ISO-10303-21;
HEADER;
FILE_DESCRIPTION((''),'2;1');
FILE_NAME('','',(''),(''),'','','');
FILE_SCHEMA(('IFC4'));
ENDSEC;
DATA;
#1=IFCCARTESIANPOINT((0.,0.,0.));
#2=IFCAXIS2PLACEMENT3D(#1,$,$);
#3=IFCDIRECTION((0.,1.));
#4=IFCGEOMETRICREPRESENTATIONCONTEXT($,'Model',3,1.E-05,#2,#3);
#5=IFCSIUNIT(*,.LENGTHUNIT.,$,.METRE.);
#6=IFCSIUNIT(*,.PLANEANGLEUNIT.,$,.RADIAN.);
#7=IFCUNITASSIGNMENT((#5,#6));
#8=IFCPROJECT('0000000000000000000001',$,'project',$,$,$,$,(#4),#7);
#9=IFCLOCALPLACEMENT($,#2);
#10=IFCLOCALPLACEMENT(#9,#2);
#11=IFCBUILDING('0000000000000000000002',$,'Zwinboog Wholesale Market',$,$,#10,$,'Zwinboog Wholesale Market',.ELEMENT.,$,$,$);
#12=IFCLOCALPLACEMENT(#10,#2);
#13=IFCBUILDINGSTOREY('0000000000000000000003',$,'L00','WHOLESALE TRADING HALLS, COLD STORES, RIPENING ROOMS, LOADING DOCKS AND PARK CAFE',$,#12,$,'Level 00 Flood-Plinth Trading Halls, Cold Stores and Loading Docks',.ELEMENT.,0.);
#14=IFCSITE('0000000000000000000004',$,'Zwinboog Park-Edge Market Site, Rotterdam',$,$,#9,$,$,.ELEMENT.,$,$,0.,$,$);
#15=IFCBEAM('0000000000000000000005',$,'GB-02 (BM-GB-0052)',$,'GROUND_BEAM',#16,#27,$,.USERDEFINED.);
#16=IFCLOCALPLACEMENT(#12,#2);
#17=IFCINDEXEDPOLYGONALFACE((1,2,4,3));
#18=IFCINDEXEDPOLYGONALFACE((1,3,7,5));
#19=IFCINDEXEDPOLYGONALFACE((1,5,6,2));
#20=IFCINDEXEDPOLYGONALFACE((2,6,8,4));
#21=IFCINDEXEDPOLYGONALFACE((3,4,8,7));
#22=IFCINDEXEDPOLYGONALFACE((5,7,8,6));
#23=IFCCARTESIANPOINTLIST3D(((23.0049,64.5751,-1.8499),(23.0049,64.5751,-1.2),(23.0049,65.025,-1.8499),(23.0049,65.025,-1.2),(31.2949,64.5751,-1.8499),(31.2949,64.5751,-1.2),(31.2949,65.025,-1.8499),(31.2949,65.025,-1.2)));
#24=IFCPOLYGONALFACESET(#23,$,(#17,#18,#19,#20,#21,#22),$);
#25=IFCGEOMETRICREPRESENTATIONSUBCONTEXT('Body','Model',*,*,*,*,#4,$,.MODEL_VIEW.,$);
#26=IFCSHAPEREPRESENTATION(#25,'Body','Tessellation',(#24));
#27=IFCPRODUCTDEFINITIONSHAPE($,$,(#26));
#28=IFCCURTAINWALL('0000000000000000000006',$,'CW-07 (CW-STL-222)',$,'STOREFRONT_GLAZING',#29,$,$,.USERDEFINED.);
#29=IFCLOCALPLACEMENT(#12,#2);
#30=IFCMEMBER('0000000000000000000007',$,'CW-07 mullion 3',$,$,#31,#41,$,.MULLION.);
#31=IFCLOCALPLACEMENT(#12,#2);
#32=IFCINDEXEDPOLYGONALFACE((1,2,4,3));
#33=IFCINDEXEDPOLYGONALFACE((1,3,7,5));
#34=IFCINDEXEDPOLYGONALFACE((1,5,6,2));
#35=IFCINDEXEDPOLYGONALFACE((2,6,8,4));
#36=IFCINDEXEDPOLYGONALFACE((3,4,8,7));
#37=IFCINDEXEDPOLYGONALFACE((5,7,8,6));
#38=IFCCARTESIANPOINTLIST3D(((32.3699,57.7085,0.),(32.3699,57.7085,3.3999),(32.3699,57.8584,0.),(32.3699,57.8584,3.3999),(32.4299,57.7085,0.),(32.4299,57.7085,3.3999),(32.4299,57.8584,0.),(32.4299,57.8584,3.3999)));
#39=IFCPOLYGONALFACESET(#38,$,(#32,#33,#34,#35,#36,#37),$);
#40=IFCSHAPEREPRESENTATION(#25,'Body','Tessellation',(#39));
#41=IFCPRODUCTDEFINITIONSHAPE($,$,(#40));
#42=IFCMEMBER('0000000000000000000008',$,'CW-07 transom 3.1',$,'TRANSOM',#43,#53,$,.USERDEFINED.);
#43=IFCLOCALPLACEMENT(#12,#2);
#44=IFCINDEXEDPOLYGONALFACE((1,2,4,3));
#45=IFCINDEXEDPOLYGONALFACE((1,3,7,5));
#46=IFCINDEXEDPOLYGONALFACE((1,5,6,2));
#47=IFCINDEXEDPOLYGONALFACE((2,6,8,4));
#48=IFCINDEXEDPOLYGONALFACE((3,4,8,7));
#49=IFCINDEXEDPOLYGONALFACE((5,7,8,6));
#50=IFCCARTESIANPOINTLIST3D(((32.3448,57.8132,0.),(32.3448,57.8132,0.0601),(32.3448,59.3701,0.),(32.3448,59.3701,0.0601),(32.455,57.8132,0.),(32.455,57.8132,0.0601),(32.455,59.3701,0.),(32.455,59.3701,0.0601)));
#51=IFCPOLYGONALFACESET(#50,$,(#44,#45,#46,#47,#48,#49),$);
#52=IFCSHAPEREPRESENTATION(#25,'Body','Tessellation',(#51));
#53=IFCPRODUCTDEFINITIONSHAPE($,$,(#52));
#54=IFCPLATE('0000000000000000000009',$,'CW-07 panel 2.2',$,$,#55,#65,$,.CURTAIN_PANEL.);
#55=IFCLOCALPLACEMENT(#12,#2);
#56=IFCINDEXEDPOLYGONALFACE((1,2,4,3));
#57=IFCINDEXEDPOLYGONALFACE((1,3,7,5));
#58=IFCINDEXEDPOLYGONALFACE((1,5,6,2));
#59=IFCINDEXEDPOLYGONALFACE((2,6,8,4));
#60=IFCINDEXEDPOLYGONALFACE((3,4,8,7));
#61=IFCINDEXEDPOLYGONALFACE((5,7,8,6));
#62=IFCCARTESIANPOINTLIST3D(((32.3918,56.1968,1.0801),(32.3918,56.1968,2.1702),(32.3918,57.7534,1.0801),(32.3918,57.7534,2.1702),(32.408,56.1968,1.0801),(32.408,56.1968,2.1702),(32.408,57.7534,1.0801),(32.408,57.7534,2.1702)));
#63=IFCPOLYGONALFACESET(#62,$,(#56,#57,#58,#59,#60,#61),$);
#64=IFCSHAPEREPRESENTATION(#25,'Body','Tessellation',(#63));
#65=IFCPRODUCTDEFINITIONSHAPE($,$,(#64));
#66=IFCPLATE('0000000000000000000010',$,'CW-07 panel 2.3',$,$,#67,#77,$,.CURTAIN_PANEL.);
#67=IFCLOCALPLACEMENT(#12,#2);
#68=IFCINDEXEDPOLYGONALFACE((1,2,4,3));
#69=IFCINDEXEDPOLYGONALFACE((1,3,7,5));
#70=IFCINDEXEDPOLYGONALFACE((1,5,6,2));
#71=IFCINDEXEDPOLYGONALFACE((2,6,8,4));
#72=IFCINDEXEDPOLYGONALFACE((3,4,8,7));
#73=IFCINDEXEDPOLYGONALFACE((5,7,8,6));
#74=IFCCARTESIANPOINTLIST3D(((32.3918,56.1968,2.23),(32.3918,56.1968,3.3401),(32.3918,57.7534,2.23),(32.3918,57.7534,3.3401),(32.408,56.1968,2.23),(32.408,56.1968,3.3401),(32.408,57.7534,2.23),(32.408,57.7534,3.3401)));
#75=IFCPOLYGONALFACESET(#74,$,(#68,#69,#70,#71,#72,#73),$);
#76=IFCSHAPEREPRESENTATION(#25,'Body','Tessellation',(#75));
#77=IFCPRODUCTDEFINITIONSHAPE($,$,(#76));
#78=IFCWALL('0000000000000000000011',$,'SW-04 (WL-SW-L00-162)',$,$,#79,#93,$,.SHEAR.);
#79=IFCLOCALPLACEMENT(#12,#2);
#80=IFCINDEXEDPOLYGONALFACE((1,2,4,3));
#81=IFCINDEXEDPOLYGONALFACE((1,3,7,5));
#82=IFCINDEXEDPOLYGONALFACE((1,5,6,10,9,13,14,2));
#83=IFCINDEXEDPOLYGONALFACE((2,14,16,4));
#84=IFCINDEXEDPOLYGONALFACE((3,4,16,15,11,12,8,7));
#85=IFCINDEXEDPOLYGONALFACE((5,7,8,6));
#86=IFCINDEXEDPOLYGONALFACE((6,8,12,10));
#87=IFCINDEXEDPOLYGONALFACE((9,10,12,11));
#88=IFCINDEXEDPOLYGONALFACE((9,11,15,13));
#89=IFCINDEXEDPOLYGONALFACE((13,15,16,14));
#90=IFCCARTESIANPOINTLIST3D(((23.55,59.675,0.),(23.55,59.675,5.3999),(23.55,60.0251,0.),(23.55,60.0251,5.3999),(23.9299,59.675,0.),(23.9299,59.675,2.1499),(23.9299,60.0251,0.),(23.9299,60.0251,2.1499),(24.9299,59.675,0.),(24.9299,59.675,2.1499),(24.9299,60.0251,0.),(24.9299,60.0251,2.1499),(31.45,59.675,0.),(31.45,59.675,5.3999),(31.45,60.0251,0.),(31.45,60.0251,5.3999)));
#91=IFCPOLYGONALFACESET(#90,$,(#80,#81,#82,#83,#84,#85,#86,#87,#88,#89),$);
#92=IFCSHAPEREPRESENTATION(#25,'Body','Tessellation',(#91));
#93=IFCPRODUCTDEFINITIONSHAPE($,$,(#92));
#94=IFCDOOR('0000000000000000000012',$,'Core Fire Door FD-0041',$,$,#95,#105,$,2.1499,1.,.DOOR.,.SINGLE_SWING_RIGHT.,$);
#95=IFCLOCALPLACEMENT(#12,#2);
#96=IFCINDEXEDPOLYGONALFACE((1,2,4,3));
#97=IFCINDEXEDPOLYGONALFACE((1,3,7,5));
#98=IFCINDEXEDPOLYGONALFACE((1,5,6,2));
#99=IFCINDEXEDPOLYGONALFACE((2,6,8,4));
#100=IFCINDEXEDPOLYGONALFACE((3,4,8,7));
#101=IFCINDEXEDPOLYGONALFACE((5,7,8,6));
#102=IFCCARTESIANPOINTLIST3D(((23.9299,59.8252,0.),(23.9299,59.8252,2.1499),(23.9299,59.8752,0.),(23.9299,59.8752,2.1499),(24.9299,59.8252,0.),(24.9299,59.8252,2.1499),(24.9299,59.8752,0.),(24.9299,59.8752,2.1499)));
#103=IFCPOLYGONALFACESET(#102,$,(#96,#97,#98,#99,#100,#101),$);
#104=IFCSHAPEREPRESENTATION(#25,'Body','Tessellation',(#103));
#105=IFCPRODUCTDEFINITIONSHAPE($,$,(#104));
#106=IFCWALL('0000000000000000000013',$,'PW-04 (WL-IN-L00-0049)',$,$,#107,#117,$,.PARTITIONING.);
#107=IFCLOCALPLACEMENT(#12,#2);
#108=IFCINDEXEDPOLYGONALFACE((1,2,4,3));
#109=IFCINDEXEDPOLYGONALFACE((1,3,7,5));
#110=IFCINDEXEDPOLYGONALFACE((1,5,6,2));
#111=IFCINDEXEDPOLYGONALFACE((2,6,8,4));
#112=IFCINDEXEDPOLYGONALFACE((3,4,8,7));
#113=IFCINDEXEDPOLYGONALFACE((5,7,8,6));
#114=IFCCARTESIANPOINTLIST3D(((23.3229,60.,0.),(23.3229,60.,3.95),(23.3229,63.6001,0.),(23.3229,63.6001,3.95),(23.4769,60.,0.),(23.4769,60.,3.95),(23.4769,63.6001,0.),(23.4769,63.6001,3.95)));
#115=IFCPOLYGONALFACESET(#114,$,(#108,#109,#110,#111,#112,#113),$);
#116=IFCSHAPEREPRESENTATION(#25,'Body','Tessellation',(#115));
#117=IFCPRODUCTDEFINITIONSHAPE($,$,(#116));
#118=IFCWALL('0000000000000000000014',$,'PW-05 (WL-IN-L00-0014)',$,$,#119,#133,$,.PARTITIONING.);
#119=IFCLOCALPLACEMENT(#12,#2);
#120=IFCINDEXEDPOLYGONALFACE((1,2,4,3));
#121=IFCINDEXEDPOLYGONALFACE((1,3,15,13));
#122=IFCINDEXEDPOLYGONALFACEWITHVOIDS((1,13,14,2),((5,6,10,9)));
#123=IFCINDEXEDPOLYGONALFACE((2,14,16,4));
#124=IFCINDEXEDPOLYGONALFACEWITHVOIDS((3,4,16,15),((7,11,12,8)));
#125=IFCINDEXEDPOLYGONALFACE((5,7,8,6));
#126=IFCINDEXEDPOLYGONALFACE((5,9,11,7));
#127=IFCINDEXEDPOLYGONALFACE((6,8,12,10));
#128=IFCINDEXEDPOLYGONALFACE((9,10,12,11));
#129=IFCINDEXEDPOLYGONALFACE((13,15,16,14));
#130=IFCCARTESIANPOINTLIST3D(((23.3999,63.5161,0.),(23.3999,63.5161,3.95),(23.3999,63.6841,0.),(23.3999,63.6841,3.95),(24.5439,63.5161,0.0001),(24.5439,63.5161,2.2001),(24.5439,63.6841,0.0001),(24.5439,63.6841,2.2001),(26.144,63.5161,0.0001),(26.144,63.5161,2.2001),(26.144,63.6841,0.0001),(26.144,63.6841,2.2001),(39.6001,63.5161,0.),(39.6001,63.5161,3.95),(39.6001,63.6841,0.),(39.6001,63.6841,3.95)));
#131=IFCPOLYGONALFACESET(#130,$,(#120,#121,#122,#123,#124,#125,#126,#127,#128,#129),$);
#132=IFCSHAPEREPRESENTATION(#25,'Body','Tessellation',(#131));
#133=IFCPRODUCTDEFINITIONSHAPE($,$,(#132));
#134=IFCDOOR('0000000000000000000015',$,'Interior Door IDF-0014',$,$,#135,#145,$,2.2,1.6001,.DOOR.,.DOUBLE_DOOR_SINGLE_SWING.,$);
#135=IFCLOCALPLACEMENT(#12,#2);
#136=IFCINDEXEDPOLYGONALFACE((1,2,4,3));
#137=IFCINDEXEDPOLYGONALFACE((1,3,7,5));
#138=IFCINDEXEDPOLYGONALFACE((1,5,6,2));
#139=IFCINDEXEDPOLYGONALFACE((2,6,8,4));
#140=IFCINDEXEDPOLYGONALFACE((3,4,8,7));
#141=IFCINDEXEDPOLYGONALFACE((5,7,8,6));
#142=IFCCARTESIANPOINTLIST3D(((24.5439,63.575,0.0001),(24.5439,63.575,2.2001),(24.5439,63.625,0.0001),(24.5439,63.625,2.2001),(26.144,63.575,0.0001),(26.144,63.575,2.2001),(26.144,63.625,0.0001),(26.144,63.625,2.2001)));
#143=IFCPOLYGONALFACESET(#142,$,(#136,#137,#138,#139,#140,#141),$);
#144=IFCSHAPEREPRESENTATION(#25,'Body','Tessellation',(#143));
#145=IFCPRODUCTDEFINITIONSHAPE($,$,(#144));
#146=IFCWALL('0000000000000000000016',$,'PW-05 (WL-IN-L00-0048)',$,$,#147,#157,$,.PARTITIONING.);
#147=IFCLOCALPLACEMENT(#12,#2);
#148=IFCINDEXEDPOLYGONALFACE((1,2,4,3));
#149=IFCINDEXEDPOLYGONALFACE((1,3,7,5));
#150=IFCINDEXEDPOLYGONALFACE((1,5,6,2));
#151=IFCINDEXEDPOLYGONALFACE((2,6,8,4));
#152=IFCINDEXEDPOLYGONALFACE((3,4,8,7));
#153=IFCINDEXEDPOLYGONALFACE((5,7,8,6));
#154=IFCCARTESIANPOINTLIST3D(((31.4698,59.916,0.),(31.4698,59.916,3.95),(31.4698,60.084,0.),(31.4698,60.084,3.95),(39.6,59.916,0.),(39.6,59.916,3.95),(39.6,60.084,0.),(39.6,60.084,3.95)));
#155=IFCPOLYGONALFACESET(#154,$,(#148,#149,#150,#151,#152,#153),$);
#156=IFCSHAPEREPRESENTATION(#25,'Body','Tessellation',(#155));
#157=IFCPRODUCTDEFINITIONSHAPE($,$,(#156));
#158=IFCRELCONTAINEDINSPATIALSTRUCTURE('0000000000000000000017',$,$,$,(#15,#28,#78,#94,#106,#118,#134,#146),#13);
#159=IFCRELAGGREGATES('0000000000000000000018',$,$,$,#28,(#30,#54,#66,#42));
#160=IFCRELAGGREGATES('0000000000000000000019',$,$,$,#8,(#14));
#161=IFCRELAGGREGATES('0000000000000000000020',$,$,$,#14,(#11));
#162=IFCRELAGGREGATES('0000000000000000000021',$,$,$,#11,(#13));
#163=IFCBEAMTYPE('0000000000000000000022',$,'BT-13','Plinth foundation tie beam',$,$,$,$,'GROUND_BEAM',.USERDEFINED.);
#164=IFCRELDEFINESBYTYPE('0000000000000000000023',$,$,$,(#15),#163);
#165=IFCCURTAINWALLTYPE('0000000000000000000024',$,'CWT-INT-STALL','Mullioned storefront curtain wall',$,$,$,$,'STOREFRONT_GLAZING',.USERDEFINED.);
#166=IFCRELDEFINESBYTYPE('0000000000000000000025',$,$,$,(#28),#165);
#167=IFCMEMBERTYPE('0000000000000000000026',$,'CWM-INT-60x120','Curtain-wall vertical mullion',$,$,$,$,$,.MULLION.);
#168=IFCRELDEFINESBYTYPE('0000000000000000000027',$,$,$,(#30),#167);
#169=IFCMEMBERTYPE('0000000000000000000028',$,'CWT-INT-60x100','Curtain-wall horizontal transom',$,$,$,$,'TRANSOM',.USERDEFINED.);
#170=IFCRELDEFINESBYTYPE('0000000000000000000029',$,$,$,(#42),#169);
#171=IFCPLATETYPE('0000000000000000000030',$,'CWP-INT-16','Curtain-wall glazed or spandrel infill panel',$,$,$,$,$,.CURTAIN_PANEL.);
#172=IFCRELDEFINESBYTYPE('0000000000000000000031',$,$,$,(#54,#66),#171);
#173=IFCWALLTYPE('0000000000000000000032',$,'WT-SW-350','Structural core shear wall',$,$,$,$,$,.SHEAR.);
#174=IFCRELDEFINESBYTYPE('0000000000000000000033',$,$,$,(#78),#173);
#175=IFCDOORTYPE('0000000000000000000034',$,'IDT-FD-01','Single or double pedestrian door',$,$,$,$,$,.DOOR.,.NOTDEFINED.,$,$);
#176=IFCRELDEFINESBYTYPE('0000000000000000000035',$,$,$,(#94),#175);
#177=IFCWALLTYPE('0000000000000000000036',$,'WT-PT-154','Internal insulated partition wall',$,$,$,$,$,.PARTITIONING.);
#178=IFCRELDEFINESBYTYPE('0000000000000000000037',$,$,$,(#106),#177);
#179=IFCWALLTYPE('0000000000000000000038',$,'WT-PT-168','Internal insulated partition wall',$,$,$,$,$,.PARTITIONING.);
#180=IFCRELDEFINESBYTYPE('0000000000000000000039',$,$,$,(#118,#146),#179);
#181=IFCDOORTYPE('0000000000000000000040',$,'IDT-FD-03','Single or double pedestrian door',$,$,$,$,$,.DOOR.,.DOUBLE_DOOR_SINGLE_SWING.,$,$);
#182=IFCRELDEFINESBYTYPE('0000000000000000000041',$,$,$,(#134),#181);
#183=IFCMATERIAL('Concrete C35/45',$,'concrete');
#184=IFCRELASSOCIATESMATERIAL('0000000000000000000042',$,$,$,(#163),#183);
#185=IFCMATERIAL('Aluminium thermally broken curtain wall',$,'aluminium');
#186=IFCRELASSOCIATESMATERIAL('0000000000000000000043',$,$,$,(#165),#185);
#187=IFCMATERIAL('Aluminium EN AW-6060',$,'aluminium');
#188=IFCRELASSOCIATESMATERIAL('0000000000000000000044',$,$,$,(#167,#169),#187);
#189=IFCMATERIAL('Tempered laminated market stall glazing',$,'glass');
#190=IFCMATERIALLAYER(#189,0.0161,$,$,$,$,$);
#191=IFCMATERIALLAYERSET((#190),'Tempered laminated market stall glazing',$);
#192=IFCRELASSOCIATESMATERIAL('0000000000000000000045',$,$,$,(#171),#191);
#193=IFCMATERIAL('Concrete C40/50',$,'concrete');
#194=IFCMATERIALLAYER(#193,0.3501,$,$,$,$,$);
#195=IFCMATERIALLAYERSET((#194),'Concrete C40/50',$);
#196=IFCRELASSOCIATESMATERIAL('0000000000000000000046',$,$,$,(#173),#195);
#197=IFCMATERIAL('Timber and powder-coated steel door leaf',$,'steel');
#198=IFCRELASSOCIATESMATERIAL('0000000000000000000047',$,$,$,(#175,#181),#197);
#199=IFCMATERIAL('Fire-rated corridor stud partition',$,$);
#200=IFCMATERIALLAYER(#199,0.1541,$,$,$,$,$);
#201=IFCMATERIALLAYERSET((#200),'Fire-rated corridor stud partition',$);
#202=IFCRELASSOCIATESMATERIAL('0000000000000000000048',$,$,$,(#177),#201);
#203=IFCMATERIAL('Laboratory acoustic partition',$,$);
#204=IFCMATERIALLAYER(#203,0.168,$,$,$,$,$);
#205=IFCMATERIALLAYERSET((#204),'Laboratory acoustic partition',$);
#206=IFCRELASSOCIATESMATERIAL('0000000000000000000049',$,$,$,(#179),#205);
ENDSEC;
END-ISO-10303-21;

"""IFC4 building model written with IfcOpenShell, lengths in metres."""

from ifc_helpers import new_model, si_unit, direction, frame, frame_2d, origin, origin_2d, place, context, subcontext, project, spatial, rectangle, extrude, material, layer, layer_set, material_profile, profile_set, type_object, element, fill, aggregate, save


model = new_model("IFC4")

# Units and contexts
model_context = context("Model", 3, precision=1e-05, world=origin(), true_north=direction((0.0, 1.0)))
body_context = subcontext(model_context, "Body", "Model", "MODEL_VIEW")
ifc_project = project(units=[si_unit("LENGTHUNIT", "METRE"), si_unit("PLANEANGLEUNIT", "RADIAN")], contexts=[model_context])

# Site, building, storey
site_placement = place(None, origin())
site = spatial("IfcSite", under=ifc_project, at=site_placement, Name="Zwinboog Park-Edge Market Site, Rotterdam", CompositionType="ELEMENT", RefElevation=0.0)
building_placement = place(site_placement, origin())
building = spatial("IfcBuilding", under=site, at=building_placement, Name="Zwinboog Wholesale Market", LongName="Zwinboog Wholesale Market", CompositionType="ELEMENT")
storey_placement = place(building_placement, origin())
storey = spatial("IfcBuildingStorey", under=building, at=storey_placement, Name="L00", Description="WHOLESALE TRADING HALLS, COLD STORES, RIPENING ROOMS, LOADING DOCKS AND PARK CAFE", LongName="Level 00 Flood-Plinth Trading Halls, Cold Stores and Loading Docks", CompositionType="ELEMENT", Elevation=0.0)

# Shared definitions
ifc_material_1 = material(Name="Concrete C40/50", Category="concrete")

# Shared definitions
ifc_material_2 = material(Name="Concrete C35/45", Category="concrete")

# Beam
ifc_material_profile_1 = material_profile(ifc_material_2, rectangle(XDim=0.45, YDim=0.6499, at=origin_2d()), Name="RC 450x650")
ifc_profile_set_1 = profile_set([ifc_material_profile_1], Name="Concrete C35/45")
beam_type_1 = type_object("IfcBeamType", Name="BT-13", Description="Plinth foundation tie beam", ElementType="GROUND_BEAM", PredefinedType="USERDEFINED", material=ifc_profile_set_1)
beam_1_placement = place(storey_placement, frame((23.0049, 64.8, -1.5249), z_axis=(1.0, 0.0, 0.0), x_axis=(0.0, 1.0, 0.0)))
element("IfcBeam", 1, at=beam_1_placement, inside=storey, type_object=beam_type_1, Name="GB-02 (BM-GB-0052)", ObjectType="GROUND_BEAM", PredefinedType="USERDEFINED", context=body_context, shape_type="SweptSolid", body=[
    extrude(rectangle(XDim=0.45, YDim=0.6499, at=origin_2d()), origin(), (0.0, 0.0, 1.0), 8.29),
])

# Curtain wall, members, plates
ifc_material_3 = material(Name="Aluminium thermally broken curtain wall", Category="aluminium")
curtain_wall_type = type_object("IfcCurtainWallType", Name="CWT-INT-STALL", Description="Mullioned storefront curtain wall", ElementType="STOREFRONT_GLAZING", PredefinedType="USERDEFINED", material=ifc_material_3)
curtain_wall_placement = place(storey_placement, origin())
curtain_wall = element("IfcCurtainWall", 2, at=curtain_wall_placement, inside=storey, type_object=curtain_wall_type, Name="CW-07 (CW-STL-222)", ObjectType="STOREFRONT_GLAZING", PredefinedType="USERDEFINED")
ifc_material_4 = material(Name="Aluminium EN AW-6060", Category="aluminium")
ifc_material_profile_2 = material_profile(ifc_material_4, rectangle(XDim=0.0601, YDim=0.1499, at=origin_2d()), Name="AL 60x150")
ifc_profile_set_2 = profile_set([ifc_material_profile_2], Name="Aluminium EN AW-6060")
member_type_1 = type_object("IfcMemberType", Name="CWM-INT-60x120", Description="Curtain-wall vertical mullion", PredefinedType="MULLION", material=ifc_profile_set_2)
member_1_placement = place(storey_placement, frame((32.3999, 57.7834, 0.0), z_axis=(0.0, 0.0, 1.0), x_axis=(-1.0, 0.0, 0.0)))
member_1 = element("IfcMember", 3, at=member_1_placement, type_object=member_type_1, Name="CW-07 mullion 3", PredefinedType="MULLION", context=body_context, shape_type="SweptSolid", body=[
    extrude(rectangle(XDim=0.0601, YDim=0.1499, at=origin_2d()), origin(), (0.0, 0.0, 1.0), 3.3999),
])
ifc_material_profile_3 = material_profile(ifc_material_4, rectangle(XDim=0.1101, YDim=0.0601, at=origin_2d()), Name="AL 60x110")
ifc_profile_set_3 = profile_set([ifc_material_profile_3], Name="Aluminium EN AW-6060")
member_type_2 = type_object("IfcMemberType", Name="CWT-INT-60x100", Description="Curtain-wall horizontal transom", ElementType="TRANSOM", PredefinedType="USERDEFINED", material=ifc_profile_set_3)
member_2_placement = place(storey_placement, frame((32.3999, 57.8132, 0.03), z_axis=(0.0, 1.0, 0.0), x_axis=(-1.0, 0.0, 0.0)))
member_2 = element("IfcMember", 4, at=member_2_placement, type_object=member_type_2, Name="CW-07 transom 3.1", ObjectType="TRANSOM", PredefinedType="USERDEFINED", context=body_context, shape_type="SweptSolid", body=[
    extrude(rectangle(XDim=0.1101, YDim=0.0601, at=origin_2d()), origin(), (0.0, 0.0, 1.0), 1.5569),
])
ifc_material_5 = material(Name="Tempered laminated market stall glazing", Category="glass")
ifc_layer_1 = layer(ifc_material_5, 0.0161)
ifc_layer_set_1 = layer_set([ifc_layer_1], Name="Tempered laminated market stall glazing")
plate_type = type_object("IfcPlateType", Name="CWP-INT-16", Description="Curtain-wall glazed or spandrel infill panel", PredefinedType="CURTAIN_PANEL", material=ifc_layer_set_1)
plate_1_placement = place(storey_placement, frame((32.3999, 56.9751, 1.0801), z_axis=(0.0, 0.0, 1.0), x_axis=(0.0, 1.0, 0.0)))
plate_1 = element("IfcPlate", 5, at=plate_1_placement, type_object=plate_type, Name="CW-07 panel 2.2", PredefinedType="CURTAIN_PANEL", context=body_context, shape_type="SweptSolid", body=[
    extrude(rectangle(XDim=1.5566, YDim=0.0161, at=origin_2d()), origin(), (0.0, 0.0, 1.0), 1.0901),
])
plate_2_placement = place(storey_placement, frame((32.3999, 56.9751, 2.23), z_axis=(0.0, 0.0, 1.0), x_axis=(0.0, 1.0, 0.0)))
plate_2 = element("IfcPlate", 6, at=plate_2_placement, type_object=plate_type, Name="CW-07 panel 2.3", PredefinedType="CURTAIN_PANEL", context=body_context, shape_type="SweptSolid", body=[
    extrude(rectangle(XDim=1.5566, YDim=0.0161, at=origin_2d()), origin(), (0.0, 0.0, 1.0), 1.1101),
])
aggregate(curtain_wall, [member_1, plate_1, plate_2, member_2])

# Wall, opening, door
ifc_layer_2 = layer(ifc_material_1, 0.3501)
ifc_layer_set_2 = layer_set([ifc_layer_2], Name="Concrete C40/50")
wall_type_1 = type_object("IfcWallType", Name="WT-SW-350", Description="Structural core shear wall", PredefinedType="SHEAR", material=ifc_layer_set_2)
wall_1_placement = place(storey_placement, frame((23.55, 59.8501, 0.0), z_axis=(0.0, 0.0, 1.0), x_axis=(1.0, 0.0, 0.0)))
wall_1 = element("IfcWall", 7, at=wall_1_placement, inside=storey, type_object=wall_type_1, Name="SW-04 (WL-SW-L00-162)", PredefinedType="SHEAR", context=body_context, shape_type="SweptSolid", body=[
    extrude(rectangle(XDim=7.8999, YDim=0.3501, at=frame_2d((3.95, 0.0))), origin(), (0.0, 0.0, 1.0), 5.3999),
])
opening_1_placement = place(wall_1_placement, frame((0.3799, 0.0, 0.0)))
opening_1 = element("IfcOpeningElement", 8, at=opening_1_placement, cuts=wall_1, PredefinedType="OPENING", context=body_context, shape_type="SweptSolid", body=[
    extrude(rectangle(XDim=1.0, YDim=2.1499, at=frame_2d((0.5, 1.075))), frame((0.0, 0.1851, 0.0), z_axis=(0.0, -1.0, 0.0), x_axis=(1.0, 0.0, 0.0)), (0.0, 0.0, 1.0), 0.3701),
])
ifc_material_6 = material(Name="Timber and powder-coated steel door leaf", Category="steel")
door_type_1 = type_object("IfcDoorType", Name="IDT-FD-01", Description="Single or double pedestrian door", OperationType="NOTDEFINED", PredefinedType="DOOR", material=ifc_material_6)
door_1_placement = place(opening_1_placement, frame((1.0, 0.0, 0.0), z_axis=(0.0, 0.0, 1.0), x_axis=(-1.0, 0.0, 0.0)))
door_1 = element("IfcDoor", 9, at=door_1_placement, inside=storey, type_object=door_type_1, Name="Core Fire Door FD-0041", OperationType="SINGLE_SWING_RIGHT", OverallHeight=2.1499, OverallWidth=1.0, PredefinedType="DOOR", context=body_context, shape_type="SweptSolid", body=[
    extrude(rectangle(XDim=1.0, YDim=2.1499, at=frame_2d((0.5, 1.075))), frame((0.0, 0.0249, 0.0), z_axis=(0.0, -1.0, 0.0), x_axis=(1.0, 0.0, 0.0)), (0.0, 0.0, 1.0), 0.05),
])
fill(opening_1, door_1)

# Wall
ifc_material_7 = material(Name="Fire-rated corridor stud partition")
ifc_layer_3 = layer(ifc_material_7, 0.1541)
ifc_layer_set_3 = layer_set([ifc_layer_3], Name="Fire-rated corridor stud partition")
wall_type_2 = type_object("IfcWallType", Name="WT-PT-154", Description="Internal insulated partition wall", PredefinedType="PARTITIONING", material=ifc_layer_set_3)
wall_2_placement = place(storey_placement, frame((23.3999, 60.0, 0.0), z_axis=(0.0, 0.0, 1.0), x_axis=(0.0, 1.0, 0.0)))
element("IfcWall", 10, at=wall_2_placement, inside=storey, type_object=wall_type_2, Name="PW-04 (WL-IN-L00-0049)", PredefinedType="PARTITIONING", context=body_context, shape_type="SweptSolid", body=[
    extrude(rectangle(XDim=3.6001, YDim=0.1541, at=frame_2d((1.8, 0.0))), origin(), (0.0, 0.0, 1.0), 3.95),
])

# Wall, opening, door
ifc_material_8 = material(Name="Laboratory acoustic partition")
ifc_layer_4 = layer(ifc_material_8, 0.168)
ifc_layer_set_4 = layer_set([ifc_layer_4], Name="Laboratory acoustic partition")
wall_type_3 = type_object("IfcWallType", Name="WT-PT-168", Description="Internal insulated partition wall", PredefinedType="PARTITIONING", material=ifc_layer_set_4)
wall_3_placement = place(storey_placement, frame((23.3999, 63.6001, 0.0), z_axis=(0.0, 0.0, 1.0), x_axis=(1.0, 0.0, 0.0)))
wall_3 = element("IfcWall", 11, at=wall_3_placement, inside=storey, type_object=wall_type_3, Name="PW-05 (WL-IN-L00-0014)", PredefinedType="PARTITIONING", context=body_context, shape_type="SweptSolid", body=[
    extrude(rectangle(XDim=16.2002, YDim=0.168, at=frame_2d((8.1001, 0.0))), origin(), (0.0, 0.0, 1.0), 3.95),
])
opening_2_placement = place(wall_3_placement, frame((1.144, 0.0, 0.0)))
opening_2 = element("IfcOpeningElement", 12, at=opening_2_placement, cuts=wall_3, PredefinedType="OPENING", context=body_context, shape_type="SweptSolid", body=[
    extrude(rectangle(XDim=1.6001, YDim=2.2, at=frame_2d((0.8, 1.1001))), frame((0.0, 0.094, 0.0), z_axis=(0.0, -1.0, 0.0), x_axis=(1.0, 0.0, 0.0)), (0.0, 0.0, 1.0), 0.188),
])
door_type_2 = type_object("IfcDoorType", Name="IDT-FD-03", Description="Single or double pedestrian door", OperationType="DOUBLE_DOOR_SINGLE_SWING", PredefinedType="DOOR", material=ifc_material_6)
door_2_placement = place(opening_2_placement, origin())
door_2 = element("IfcDoor", 13, at=door_2_placement, inside=storey, type_object=door_type_2, Name="Interior Door IDF-0014", OperationType="DOUBLE_DOOR_SINGLE_SWING", OverallHeight=2.2, OverallWidth=1.6001, PredefinedType="DOOR", context=body_context, shape_type="SweptSolid", body=[
    extrude(rectangle(XDim=1.6001, YDim=2.2, at=frame_2d((0.8, 1.1001))), frame((0.0, 0.0249, 0.0), z_axis=(0.0, -1.0, 0.0), x_axis=(1.0, 0.0, 0.0)), (0.0, 0.0, 1.0), 0.05),
])
fill(opening_2, door_2)

# Wall
wall_4_placement = place(storey_placement, frame((31.47, 60.0, 0.0), z_axis=(0.0, 0.0, 1.0), x_axis=(1.0, 0.0, 0.0)))
element("IfcWall", 14, at=wall_4_placement, inside=storey, type_object=wall_type_3, Name="PW-05 (WL-IN-L00-0048)", PredefinedType="PARTITIONING", context=body_context, shape_type="SweptSolid", body=[
    extrude(rectangle(XDim=8.1301, YDim=0.168, at=frame_2d((4.0649, 0.0))), origin(), (0.0, 0.0, 1.0), 3.95),
])

save(model, "model.ifc")
